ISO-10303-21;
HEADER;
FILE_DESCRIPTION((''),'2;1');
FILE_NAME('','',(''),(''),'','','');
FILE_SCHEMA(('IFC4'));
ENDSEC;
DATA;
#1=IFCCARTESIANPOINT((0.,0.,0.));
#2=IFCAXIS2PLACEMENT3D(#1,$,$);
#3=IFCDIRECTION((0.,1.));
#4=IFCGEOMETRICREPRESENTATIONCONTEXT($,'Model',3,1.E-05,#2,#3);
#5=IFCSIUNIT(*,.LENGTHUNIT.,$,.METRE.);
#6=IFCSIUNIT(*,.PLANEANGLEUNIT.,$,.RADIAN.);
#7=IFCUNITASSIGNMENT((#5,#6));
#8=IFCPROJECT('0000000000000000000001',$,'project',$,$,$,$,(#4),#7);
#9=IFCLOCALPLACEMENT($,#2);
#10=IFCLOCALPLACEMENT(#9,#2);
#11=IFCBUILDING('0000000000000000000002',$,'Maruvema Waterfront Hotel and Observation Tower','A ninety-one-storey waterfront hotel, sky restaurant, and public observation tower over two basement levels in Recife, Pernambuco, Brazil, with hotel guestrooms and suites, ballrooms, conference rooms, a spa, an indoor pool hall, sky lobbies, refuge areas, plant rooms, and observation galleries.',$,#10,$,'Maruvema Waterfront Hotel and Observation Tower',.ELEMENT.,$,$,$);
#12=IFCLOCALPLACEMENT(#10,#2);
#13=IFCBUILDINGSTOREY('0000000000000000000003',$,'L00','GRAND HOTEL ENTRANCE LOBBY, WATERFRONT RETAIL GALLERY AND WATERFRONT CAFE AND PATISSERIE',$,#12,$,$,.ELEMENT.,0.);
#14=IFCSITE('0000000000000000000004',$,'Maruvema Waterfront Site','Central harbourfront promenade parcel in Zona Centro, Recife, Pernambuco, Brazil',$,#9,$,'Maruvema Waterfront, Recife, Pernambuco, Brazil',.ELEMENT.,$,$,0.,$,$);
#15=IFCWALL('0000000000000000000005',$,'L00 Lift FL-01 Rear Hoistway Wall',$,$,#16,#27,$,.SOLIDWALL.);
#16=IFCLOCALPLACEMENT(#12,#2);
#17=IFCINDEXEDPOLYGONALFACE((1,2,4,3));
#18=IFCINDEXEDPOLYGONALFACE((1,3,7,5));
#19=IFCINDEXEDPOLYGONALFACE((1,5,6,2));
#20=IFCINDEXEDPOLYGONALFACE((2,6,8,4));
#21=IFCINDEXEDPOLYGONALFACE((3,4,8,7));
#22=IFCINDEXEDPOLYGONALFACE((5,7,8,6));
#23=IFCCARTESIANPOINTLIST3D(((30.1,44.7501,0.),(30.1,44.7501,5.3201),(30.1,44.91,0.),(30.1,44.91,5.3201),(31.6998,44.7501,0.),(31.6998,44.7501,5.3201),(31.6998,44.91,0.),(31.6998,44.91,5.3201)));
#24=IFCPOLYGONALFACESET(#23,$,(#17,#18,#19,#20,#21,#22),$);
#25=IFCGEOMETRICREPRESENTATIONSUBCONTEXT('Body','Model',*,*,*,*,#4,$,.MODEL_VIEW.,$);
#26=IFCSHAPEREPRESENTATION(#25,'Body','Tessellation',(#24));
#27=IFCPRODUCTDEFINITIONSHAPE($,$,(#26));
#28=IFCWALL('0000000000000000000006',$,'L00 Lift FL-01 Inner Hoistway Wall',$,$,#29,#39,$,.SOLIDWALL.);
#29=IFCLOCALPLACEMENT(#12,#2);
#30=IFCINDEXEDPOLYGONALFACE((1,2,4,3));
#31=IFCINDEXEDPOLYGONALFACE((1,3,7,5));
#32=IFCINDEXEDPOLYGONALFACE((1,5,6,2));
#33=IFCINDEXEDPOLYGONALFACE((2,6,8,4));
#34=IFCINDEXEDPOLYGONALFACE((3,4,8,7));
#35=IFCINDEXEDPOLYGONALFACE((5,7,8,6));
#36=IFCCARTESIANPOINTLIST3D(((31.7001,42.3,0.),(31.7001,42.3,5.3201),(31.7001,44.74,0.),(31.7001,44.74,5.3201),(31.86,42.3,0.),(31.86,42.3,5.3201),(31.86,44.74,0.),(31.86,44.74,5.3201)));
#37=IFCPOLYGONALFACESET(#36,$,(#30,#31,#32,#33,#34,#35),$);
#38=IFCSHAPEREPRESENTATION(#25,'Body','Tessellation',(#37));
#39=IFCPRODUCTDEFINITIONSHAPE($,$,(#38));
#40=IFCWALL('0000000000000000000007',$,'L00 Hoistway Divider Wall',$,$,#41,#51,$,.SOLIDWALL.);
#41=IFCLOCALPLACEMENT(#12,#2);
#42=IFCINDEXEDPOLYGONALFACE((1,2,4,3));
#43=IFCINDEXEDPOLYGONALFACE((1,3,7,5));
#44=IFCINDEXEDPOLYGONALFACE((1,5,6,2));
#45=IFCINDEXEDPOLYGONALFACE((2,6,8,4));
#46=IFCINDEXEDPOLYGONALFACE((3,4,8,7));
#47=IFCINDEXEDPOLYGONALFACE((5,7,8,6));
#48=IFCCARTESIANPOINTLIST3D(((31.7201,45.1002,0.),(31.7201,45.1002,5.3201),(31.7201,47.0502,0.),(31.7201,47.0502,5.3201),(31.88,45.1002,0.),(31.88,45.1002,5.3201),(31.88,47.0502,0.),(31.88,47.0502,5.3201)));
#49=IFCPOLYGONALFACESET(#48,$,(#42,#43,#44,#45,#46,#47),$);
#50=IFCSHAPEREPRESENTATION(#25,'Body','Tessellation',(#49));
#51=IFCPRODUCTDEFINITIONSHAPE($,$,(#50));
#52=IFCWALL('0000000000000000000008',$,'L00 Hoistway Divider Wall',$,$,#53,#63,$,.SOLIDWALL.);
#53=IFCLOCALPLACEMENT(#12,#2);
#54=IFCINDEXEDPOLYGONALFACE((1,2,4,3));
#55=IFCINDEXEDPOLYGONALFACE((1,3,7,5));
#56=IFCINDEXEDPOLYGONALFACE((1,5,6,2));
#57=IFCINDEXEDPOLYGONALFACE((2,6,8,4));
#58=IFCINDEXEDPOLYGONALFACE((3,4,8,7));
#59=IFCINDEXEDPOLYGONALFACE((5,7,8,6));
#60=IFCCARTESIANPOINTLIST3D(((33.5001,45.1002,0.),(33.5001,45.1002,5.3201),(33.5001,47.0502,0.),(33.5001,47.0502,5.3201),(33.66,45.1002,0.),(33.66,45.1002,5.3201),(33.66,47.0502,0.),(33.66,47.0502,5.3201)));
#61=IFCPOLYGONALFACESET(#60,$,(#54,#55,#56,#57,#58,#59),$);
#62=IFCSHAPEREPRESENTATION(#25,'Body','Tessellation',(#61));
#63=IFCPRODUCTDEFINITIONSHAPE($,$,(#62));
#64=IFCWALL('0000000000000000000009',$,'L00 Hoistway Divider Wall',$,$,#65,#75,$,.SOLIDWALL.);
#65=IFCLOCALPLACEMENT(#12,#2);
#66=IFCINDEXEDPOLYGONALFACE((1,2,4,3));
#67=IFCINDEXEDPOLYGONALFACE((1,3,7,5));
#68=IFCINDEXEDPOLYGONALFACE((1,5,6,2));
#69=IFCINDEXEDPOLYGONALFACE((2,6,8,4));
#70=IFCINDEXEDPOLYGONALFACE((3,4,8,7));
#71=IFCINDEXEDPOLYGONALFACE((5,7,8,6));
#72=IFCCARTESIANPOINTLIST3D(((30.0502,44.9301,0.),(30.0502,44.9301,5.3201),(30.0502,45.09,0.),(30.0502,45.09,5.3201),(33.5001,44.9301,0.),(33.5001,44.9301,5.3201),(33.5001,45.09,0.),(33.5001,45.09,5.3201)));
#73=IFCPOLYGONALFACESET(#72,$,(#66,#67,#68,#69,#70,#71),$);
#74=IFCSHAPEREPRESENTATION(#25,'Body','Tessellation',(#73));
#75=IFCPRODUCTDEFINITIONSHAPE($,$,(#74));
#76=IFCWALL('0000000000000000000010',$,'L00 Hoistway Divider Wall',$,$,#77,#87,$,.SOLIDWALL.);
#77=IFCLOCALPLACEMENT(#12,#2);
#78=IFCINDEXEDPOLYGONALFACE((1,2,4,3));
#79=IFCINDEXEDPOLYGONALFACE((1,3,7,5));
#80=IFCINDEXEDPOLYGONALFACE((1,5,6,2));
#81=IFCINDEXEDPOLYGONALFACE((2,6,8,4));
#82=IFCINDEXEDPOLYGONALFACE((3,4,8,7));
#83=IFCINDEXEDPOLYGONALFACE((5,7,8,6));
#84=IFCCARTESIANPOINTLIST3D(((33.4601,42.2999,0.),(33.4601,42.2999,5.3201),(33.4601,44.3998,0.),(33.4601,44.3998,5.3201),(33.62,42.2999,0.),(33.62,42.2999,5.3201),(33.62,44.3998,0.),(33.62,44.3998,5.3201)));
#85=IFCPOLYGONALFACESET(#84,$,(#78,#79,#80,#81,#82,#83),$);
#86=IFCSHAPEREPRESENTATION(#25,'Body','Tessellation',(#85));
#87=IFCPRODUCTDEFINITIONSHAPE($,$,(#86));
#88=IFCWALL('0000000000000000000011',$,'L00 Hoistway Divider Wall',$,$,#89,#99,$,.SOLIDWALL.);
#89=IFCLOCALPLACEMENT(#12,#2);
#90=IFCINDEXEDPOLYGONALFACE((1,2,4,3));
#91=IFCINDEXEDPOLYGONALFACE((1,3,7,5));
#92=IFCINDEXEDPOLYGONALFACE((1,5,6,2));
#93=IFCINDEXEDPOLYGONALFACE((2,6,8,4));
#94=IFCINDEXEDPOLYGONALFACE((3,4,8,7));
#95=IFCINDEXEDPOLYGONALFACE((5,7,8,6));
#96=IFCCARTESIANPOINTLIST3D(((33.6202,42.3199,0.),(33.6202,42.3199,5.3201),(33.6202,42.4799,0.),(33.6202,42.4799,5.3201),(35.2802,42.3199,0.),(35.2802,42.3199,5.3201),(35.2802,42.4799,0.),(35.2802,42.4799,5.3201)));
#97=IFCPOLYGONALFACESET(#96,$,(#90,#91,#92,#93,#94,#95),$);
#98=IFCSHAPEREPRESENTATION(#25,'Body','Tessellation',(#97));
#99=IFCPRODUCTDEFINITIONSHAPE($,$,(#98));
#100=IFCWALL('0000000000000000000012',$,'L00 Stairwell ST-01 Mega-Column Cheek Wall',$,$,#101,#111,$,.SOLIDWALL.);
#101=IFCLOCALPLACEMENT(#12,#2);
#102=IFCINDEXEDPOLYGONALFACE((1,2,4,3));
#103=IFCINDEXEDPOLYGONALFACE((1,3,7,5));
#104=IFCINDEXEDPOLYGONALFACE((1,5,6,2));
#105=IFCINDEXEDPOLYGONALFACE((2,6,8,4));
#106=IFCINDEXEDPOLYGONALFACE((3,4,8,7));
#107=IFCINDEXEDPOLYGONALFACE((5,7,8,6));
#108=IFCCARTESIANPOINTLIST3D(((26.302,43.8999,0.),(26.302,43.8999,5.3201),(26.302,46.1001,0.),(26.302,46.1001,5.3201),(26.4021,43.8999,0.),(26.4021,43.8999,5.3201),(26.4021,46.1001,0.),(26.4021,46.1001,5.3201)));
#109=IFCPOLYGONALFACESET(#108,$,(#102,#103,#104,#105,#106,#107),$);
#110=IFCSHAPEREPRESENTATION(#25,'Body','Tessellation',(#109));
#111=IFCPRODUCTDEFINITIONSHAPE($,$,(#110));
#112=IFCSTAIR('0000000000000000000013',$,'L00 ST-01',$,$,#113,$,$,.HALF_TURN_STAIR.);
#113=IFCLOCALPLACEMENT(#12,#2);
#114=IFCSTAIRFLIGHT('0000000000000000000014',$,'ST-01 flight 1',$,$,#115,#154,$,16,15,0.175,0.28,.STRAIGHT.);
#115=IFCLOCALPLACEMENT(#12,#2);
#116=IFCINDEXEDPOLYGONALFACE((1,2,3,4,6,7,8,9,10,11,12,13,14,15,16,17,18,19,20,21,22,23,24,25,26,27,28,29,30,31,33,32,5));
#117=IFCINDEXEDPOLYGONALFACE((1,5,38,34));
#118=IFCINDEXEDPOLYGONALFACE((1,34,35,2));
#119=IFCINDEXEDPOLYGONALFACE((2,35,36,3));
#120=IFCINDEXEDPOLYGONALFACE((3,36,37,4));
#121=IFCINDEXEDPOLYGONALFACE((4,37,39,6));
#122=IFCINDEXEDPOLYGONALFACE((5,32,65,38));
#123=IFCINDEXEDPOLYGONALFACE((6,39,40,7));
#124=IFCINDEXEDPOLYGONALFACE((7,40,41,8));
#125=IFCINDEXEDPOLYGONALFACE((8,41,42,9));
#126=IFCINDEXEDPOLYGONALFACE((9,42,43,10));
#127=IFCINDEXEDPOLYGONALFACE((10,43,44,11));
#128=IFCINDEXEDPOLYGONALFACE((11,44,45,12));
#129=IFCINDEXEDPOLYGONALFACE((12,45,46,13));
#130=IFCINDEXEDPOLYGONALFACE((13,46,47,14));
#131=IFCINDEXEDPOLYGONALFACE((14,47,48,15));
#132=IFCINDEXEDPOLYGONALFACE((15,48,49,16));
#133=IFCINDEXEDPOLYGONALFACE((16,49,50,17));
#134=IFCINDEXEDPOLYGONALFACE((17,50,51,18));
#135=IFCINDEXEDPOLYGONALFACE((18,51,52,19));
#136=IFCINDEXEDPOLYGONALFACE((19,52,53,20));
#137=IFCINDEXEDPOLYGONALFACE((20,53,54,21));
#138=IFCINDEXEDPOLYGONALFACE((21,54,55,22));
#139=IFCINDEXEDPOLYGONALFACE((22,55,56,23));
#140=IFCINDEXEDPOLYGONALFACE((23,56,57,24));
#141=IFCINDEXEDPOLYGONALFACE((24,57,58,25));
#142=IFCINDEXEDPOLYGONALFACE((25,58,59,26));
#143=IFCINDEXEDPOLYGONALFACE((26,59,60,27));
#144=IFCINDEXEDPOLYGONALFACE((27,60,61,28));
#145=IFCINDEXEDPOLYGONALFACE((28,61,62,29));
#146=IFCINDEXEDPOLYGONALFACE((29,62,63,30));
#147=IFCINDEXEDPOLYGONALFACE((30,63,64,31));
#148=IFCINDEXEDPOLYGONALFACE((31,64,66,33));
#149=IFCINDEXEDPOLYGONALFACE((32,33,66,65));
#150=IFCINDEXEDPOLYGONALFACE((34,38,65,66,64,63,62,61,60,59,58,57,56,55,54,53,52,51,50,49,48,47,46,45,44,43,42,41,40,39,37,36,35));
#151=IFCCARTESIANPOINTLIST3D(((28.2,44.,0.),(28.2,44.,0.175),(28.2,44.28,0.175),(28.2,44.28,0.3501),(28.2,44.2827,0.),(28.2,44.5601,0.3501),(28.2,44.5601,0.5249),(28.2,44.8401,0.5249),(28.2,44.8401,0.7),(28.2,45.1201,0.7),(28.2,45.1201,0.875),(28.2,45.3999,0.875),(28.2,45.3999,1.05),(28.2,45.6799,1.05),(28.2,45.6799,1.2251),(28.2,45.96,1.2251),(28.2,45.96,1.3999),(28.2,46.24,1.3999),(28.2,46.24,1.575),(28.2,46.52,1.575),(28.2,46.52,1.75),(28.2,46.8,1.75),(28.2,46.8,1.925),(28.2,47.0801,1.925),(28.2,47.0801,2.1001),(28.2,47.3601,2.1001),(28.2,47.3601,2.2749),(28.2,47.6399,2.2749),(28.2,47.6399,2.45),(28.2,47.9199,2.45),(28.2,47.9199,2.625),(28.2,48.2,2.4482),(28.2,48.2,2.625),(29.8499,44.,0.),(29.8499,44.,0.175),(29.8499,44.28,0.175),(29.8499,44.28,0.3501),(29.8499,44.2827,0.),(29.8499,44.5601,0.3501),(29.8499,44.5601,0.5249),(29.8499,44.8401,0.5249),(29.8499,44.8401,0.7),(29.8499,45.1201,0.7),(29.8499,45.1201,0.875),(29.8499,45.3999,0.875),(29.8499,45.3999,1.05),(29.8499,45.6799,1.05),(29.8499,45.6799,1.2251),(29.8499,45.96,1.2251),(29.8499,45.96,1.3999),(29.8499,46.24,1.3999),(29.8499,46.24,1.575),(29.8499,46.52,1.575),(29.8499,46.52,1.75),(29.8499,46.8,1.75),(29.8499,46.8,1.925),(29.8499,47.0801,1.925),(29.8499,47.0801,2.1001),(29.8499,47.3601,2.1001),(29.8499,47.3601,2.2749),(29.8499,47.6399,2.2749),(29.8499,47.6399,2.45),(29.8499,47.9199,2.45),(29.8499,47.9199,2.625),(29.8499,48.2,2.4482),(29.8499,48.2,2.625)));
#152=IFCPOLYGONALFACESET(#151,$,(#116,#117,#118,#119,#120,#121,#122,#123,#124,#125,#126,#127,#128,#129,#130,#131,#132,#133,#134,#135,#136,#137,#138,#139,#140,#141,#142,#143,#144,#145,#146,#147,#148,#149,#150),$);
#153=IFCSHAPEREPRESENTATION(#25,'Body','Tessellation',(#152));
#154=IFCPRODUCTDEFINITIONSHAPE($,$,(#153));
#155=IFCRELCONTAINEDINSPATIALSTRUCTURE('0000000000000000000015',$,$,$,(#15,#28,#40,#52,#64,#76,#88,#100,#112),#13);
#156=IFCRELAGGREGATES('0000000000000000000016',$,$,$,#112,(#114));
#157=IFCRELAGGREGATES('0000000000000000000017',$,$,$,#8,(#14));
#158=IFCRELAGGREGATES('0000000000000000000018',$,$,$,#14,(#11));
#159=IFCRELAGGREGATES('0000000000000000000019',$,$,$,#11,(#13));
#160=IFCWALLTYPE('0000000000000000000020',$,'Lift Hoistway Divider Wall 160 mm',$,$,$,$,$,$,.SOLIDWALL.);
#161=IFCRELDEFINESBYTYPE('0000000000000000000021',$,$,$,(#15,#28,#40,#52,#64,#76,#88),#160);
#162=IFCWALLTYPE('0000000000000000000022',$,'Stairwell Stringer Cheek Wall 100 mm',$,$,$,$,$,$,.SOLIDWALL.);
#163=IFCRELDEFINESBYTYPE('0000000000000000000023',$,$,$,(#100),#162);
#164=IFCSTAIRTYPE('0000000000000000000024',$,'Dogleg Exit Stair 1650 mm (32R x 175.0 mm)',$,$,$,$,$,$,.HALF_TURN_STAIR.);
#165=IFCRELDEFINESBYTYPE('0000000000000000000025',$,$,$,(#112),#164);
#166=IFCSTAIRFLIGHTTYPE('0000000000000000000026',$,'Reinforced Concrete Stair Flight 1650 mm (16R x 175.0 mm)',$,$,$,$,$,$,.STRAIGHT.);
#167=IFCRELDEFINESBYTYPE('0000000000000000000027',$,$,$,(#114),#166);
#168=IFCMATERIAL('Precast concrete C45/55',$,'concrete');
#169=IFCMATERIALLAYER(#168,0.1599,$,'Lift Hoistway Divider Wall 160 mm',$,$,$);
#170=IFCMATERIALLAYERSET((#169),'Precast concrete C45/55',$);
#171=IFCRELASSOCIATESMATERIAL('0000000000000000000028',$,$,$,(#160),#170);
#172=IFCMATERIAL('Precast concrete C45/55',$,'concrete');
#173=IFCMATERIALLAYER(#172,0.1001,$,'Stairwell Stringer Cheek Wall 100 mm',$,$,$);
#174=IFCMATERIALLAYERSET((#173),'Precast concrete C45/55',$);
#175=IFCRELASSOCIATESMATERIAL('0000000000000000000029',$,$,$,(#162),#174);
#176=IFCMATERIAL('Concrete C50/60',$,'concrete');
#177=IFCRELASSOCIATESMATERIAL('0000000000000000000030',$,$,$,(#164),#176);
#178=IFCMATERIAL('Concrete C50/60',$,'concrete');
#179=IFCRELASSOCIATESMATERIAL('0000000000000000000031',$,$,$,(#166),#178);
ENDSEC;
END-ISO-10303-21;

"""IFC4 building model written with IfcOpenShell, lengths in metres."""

from ifc_helpers import new_model, si_unit, direction, frame, frame_2d, origin, place, context, subcontext, project, spatial, polyline, rectangle, outline, extrude, material, layer, layer_set, type_object, element, aggregate, save


model = new_model("IFC4")

# Units and contexts
model_context = context("Model", 3, precision=1e-05, world=origin(), true_north=direction((0.0, 1.0)))
body_context = subcontext(model_context, "Body", "Model", "MODEL_VIEW")
ifc_project = project(units=[si_unit("LENGTHUNIT", "METRE"), si_unit("PLANEANGLEUNIT", "RADIAN")], contexts=[model_context])

# Site, building, storey
site_placement = place(None, origin())
site = spatial("IfcSite", under=ifc_project, at=site_placement, Name="Maruvema Waterfront Site", Description="Central harbourfront promenade parcel in Zona Centro, Recife, Pernambuco, Brazil", LongName="Maruvema Waterfront, Recife, Pernambuco, Brazil", CompositionType="ELEMENT", RefElevation=0.0)
building_placement = place(site_placement, origin())
building = spatial("IfcBuilding", under=site, at=building_placement, Name="Maruvema Waterfront Hotel and Observation Tower", Description="A ninety-one-storey waterfront hotel, sky restaurant, and public observation tower over two basement levels in Recife, Pernambuco, Brazil, with hotel guestrooms and suites, ballrooms, conference rooms, a spa, an indoor pool hall, sky lobbies, refuge areas, plant rooms, and observation galleries.", LongName="Maruvema Waterfront Hotel and Observation Tower", CompositionType="ELEMENT")
storey_placement = place(building_placement, origin())
storey = spatial("IfcBuildingStorey", under=building, at=storey_placement, Name="L00", Description="GRAND HOTEL ENTRANCE LOBBY, WATERFRONT RETAIL GALLERY AND WATERFRONT CAFE AND PATISSERIE", CompositionType="ELEMENT", Elevation=0.0)

# Walls
ifc_material_1 = material(Name="Precast concrete C45/55", Category="concrete")
ifc_layer_1 = layer(ifc_material_1, 0.1599, Name="Lift Hoistway Divider Wall 160 mm")
ifc_layer_set_1 = layer_set([ifc_layer_1], Name="Precast concrete C45/55")
wall_type_1 = type_object("IfcWallType", Name="Lift Hoistway Divider Wall 160 mm", PredefinedType="SOLIDWALL", material=ifc_layer_set_1)
wall_1_placement = place(storey_placement, frame((30.1001, 44.8301, 0.0), z_axis=(0.0, 0.0, 1.0), x_axis=(1.0, 0.0, 0.0)))
element("IfcWall", 1, at=wall_1_placement, inside=storey, type_object=wall_type_1, Name="L00 Lift FL-01 Rear Hoistway Wall", PredefinedType="SOLIDWALL", context=body_context, shape_type="SweptSolid", body=[
    extrude(rectangle(XDim=1.5999, YDim=0.1599, at=frame_2d((0.7998, 0.0))), origin(), (0.0, 0.0, 1.0), 5.3201),
])
wall_2_placement = place(storey_placement, frame((31.78, 42.3, 0.0), z_axis=(0.0, 0.0, 1.0), x_axis=(0.0, 1.0, 0.0)))
element("IfcWall", 2, at=wall_2_placement, inside=storey, type_object=wall_type_1, Name="L00 Lift FL-01 Inner Hoistway Wall", PredefinedType="SOLIDWALL", context=body_context, shape_type="SweptSolid", body=[
    extrude(rectangle(XDim=2.4399, YDim=0.1599, at=frame_2d((1.22, 0.0))), origin(), (0.0, 0.0, 1.0), 5.3201),
])
for number, where, z_axis, x_axis, name in (
    (3, (31.8, 45.1001, 0.0), (0.0, 0.0, 1.0), (0.0, 1.0, 0.0), "L00 Hoistway Divider Wall"),
    (4, (33.5801, 45.1001, 0.0), (0.0, 0.0, 1.0), (0.0, 1.0, 0.0), "L00 Hoistway Divider Wall"),
):
    element("IfcWall", number, at=place(storey_placement, frame(where, z_axis=z_axis, x_axis=x_axis)), inside=storey, type_object=wall_type_1, Name=name, PredefinedType="SOLIDWALL", context=body_context, shape_type="SweptSolid", body=[
        extrude(rectangle(XDim=1.95, YDim=0.1599, at=frame_2d((0.9751, 0.0))), origin(), (0.0, 0.0, 1.0), 5.3201),
    ])
wall_3_placement = place(storey_placement, frame((30.05, 45.01, 0.0), z_axis=(0.0, 0.0, 1.0), x_axis=(1.0, 0.0, 0.0)))
element("IfcWall", 5, at=wall_3_placement, inside=storey, type_object=wall_type_1, Name="L00 Hoistway Divider Wall", PredefinedType="SOLIDWALL", context=body_context, shape_type="SweptSolid", body=[
    extrude(rectangle(XDim=3.45, YDim=0.1599, at=frame_2d((1.7251, 0.0))), origin(), (0.0, 0.0, 1.0), 5.3201),
])
wall_4_placement = place(storey_placement, frame((33.54, 42.3, 0.0), z_axis=(0.0, 0.0, 1.0), x_axis=(0.0, 1.0, 0.0)))
element("IfcWall", 6, at=wall_4_placement, inside=storey, type_object=wall_type_1, Name="L00 Hoistway Divider Wall", PredefinedType="SOLIDWALL", context=body_context, shape_type="SweptSolid", body=[
    extrude(rectangle(XDim=2.0999, YDim=0.1599, at=frame_2d((1.0498, 0.0))), origin(), (0.0, 0.0, 1.0), 5.3201),
])
wall_5_placement = place(storey_placement, frame((33.6201, 42.3999, 0.0), z_axis=(0.0, 0.0, 1.0), x_axis=(1.0, 0.0, 0.0)))
element("IfcWall", 7, at=wall_5_placement, inside=storey, type_object=wall_type_1, Name="L00 Hoistway Divider Wall", PredefinedType="SOLIDWALL", context=body_context, shape_type="SweptSolid", body=[
    extrude(rectangle(XDim=1.6599, YDim=0.1599, at=frame_2d((0.8301, 0.0))), origin(), (0.0, 0.0, 1.0), 5.3201),
])
ifc_material_2 = material(Name="Precast concrete C45/55", Category="concrete")
ifc_layer_2 = layer(ifc_material_2, 0.1001, Name="Stairwell Stringer Cheek Wall 100 mm")
ifc_layer_set_2 = layer_set([ifc_layer_2], Name="Precast concrete C45/55")
wall_type_2 = type_object("IfcWallType", Name="Stairwell Stringer Cheek Wall 100 mm", PredefinedType="SOLIDWALL", material=ifc_layer_set_2)
wall_6_placement = place(storey_placement, frame((26.3521, 43.8999, 0.0), z_axis=(0.0, 0.0, 1.0), x_axis=(0.0, 1.0, 0.0)))
element("IfcWall", 8, at=wall_6_placement, inside=storey, type_object=wall_type_2, Name="L00 Stairwell ST-01 Mega-Column Cheek Wall", PredefinedType="SOLIDWALL", context=body_context, shape_type="SweptSolid", body=[
    extrude(rectangle(XDim=2.2002, YDim=0.1001, at=frame_2d((1.1001, 0.0))), origin(), (0.0, 0.0, 1.0), 5.3201),
])

# Stair, stair flight
ifc_material_3 = material(Name="Concrete C50/60", Category="concrete")
stair_type = type_object("IfcStairType", Name="Dogleg Exit Stair 1650 mm (32R x 175.0 mm)", PredefinedType="HALF_TURN_STAIR", material=ifc_material_3)
stair_placement = place(storey_placement, origin())
stair = element("IfcStair", 9, at=stair_placement, inside=storey, type_object=stair_type, Name="L00 ST-01", PredefinedType="HALF_TURN_STAIR")
ifc_material_4 = material(Name="Concrete C50/60", Category="concrete")
stair_flight_type = type_object("IfcStairFlightType", Name="Reinforced Concrete Stair Flight 1650 mm (16R x 175.0 mm)", PredefinedType="STRAIGHT", material=ifc_material_4)
stair_flight_placement = place(storey_placement, frame((29.0249, 44.0, 0.0), z_axis=(0.0, 0.0, 1.0), x_axis=(0.0, 1.0, 0.0)))
stair_flight = element("IfcStairFlight", 10, at=stair_flight_placement, type_object=stair_flight_type, Name="ST-01 flight 1", NumberOfRisers=16, NumberOfTreads=15, PredefinedType="STRAIGHT", RiserHeight=0.175, TreadLength=0.28, context=body_context, shape_type="SweptSolid", body=[
    extrude(outline(polyline([(0.0, 0.0), (0.0, 0.175), (0.28, 0.175), (0.28, 0.3501), (0.5601, 0.3501), (0.5601, 0.5249), (0.8401, 0.5249), (0.8401, 0.7), (1.1201, 0.7), (1.1201, 0.875), (1.3999, 0.875), (1.3999, 1.05), (1.6799, 1.05), (1.6799, 1.2251), (1.96, 1.2251), (1.96, 1.3999), (2.24, 1.3999), (2.24, 1.575), (2.52, 1.575), (2.52, 1.75), (2.8, 1.75), (2.8, 1.925), (3.0801, 1.925), (3.0801, 2.1001), (3.3601, 2.1001), (3.3601, 2.2749), (3.6399, 2.2749), (3.6399, 2.45), (3.9199, 2.45), (3.9199, 2.625), (4.2, 2.625), (4.2, 2.8), (4.2, 2.4482), (0.2827, 0.0), (0.0, 0.0)])), frame((0.0, 0.825, 0.0), z_axis=(0.0, -1.0, 0.0), x_axis=(1.0, 0.0, 0.0)), (0.0, 0.0, 1.0), 1.6499),
])
aggregate(stair, [stair_flight])

save(model, "model.ifc")
